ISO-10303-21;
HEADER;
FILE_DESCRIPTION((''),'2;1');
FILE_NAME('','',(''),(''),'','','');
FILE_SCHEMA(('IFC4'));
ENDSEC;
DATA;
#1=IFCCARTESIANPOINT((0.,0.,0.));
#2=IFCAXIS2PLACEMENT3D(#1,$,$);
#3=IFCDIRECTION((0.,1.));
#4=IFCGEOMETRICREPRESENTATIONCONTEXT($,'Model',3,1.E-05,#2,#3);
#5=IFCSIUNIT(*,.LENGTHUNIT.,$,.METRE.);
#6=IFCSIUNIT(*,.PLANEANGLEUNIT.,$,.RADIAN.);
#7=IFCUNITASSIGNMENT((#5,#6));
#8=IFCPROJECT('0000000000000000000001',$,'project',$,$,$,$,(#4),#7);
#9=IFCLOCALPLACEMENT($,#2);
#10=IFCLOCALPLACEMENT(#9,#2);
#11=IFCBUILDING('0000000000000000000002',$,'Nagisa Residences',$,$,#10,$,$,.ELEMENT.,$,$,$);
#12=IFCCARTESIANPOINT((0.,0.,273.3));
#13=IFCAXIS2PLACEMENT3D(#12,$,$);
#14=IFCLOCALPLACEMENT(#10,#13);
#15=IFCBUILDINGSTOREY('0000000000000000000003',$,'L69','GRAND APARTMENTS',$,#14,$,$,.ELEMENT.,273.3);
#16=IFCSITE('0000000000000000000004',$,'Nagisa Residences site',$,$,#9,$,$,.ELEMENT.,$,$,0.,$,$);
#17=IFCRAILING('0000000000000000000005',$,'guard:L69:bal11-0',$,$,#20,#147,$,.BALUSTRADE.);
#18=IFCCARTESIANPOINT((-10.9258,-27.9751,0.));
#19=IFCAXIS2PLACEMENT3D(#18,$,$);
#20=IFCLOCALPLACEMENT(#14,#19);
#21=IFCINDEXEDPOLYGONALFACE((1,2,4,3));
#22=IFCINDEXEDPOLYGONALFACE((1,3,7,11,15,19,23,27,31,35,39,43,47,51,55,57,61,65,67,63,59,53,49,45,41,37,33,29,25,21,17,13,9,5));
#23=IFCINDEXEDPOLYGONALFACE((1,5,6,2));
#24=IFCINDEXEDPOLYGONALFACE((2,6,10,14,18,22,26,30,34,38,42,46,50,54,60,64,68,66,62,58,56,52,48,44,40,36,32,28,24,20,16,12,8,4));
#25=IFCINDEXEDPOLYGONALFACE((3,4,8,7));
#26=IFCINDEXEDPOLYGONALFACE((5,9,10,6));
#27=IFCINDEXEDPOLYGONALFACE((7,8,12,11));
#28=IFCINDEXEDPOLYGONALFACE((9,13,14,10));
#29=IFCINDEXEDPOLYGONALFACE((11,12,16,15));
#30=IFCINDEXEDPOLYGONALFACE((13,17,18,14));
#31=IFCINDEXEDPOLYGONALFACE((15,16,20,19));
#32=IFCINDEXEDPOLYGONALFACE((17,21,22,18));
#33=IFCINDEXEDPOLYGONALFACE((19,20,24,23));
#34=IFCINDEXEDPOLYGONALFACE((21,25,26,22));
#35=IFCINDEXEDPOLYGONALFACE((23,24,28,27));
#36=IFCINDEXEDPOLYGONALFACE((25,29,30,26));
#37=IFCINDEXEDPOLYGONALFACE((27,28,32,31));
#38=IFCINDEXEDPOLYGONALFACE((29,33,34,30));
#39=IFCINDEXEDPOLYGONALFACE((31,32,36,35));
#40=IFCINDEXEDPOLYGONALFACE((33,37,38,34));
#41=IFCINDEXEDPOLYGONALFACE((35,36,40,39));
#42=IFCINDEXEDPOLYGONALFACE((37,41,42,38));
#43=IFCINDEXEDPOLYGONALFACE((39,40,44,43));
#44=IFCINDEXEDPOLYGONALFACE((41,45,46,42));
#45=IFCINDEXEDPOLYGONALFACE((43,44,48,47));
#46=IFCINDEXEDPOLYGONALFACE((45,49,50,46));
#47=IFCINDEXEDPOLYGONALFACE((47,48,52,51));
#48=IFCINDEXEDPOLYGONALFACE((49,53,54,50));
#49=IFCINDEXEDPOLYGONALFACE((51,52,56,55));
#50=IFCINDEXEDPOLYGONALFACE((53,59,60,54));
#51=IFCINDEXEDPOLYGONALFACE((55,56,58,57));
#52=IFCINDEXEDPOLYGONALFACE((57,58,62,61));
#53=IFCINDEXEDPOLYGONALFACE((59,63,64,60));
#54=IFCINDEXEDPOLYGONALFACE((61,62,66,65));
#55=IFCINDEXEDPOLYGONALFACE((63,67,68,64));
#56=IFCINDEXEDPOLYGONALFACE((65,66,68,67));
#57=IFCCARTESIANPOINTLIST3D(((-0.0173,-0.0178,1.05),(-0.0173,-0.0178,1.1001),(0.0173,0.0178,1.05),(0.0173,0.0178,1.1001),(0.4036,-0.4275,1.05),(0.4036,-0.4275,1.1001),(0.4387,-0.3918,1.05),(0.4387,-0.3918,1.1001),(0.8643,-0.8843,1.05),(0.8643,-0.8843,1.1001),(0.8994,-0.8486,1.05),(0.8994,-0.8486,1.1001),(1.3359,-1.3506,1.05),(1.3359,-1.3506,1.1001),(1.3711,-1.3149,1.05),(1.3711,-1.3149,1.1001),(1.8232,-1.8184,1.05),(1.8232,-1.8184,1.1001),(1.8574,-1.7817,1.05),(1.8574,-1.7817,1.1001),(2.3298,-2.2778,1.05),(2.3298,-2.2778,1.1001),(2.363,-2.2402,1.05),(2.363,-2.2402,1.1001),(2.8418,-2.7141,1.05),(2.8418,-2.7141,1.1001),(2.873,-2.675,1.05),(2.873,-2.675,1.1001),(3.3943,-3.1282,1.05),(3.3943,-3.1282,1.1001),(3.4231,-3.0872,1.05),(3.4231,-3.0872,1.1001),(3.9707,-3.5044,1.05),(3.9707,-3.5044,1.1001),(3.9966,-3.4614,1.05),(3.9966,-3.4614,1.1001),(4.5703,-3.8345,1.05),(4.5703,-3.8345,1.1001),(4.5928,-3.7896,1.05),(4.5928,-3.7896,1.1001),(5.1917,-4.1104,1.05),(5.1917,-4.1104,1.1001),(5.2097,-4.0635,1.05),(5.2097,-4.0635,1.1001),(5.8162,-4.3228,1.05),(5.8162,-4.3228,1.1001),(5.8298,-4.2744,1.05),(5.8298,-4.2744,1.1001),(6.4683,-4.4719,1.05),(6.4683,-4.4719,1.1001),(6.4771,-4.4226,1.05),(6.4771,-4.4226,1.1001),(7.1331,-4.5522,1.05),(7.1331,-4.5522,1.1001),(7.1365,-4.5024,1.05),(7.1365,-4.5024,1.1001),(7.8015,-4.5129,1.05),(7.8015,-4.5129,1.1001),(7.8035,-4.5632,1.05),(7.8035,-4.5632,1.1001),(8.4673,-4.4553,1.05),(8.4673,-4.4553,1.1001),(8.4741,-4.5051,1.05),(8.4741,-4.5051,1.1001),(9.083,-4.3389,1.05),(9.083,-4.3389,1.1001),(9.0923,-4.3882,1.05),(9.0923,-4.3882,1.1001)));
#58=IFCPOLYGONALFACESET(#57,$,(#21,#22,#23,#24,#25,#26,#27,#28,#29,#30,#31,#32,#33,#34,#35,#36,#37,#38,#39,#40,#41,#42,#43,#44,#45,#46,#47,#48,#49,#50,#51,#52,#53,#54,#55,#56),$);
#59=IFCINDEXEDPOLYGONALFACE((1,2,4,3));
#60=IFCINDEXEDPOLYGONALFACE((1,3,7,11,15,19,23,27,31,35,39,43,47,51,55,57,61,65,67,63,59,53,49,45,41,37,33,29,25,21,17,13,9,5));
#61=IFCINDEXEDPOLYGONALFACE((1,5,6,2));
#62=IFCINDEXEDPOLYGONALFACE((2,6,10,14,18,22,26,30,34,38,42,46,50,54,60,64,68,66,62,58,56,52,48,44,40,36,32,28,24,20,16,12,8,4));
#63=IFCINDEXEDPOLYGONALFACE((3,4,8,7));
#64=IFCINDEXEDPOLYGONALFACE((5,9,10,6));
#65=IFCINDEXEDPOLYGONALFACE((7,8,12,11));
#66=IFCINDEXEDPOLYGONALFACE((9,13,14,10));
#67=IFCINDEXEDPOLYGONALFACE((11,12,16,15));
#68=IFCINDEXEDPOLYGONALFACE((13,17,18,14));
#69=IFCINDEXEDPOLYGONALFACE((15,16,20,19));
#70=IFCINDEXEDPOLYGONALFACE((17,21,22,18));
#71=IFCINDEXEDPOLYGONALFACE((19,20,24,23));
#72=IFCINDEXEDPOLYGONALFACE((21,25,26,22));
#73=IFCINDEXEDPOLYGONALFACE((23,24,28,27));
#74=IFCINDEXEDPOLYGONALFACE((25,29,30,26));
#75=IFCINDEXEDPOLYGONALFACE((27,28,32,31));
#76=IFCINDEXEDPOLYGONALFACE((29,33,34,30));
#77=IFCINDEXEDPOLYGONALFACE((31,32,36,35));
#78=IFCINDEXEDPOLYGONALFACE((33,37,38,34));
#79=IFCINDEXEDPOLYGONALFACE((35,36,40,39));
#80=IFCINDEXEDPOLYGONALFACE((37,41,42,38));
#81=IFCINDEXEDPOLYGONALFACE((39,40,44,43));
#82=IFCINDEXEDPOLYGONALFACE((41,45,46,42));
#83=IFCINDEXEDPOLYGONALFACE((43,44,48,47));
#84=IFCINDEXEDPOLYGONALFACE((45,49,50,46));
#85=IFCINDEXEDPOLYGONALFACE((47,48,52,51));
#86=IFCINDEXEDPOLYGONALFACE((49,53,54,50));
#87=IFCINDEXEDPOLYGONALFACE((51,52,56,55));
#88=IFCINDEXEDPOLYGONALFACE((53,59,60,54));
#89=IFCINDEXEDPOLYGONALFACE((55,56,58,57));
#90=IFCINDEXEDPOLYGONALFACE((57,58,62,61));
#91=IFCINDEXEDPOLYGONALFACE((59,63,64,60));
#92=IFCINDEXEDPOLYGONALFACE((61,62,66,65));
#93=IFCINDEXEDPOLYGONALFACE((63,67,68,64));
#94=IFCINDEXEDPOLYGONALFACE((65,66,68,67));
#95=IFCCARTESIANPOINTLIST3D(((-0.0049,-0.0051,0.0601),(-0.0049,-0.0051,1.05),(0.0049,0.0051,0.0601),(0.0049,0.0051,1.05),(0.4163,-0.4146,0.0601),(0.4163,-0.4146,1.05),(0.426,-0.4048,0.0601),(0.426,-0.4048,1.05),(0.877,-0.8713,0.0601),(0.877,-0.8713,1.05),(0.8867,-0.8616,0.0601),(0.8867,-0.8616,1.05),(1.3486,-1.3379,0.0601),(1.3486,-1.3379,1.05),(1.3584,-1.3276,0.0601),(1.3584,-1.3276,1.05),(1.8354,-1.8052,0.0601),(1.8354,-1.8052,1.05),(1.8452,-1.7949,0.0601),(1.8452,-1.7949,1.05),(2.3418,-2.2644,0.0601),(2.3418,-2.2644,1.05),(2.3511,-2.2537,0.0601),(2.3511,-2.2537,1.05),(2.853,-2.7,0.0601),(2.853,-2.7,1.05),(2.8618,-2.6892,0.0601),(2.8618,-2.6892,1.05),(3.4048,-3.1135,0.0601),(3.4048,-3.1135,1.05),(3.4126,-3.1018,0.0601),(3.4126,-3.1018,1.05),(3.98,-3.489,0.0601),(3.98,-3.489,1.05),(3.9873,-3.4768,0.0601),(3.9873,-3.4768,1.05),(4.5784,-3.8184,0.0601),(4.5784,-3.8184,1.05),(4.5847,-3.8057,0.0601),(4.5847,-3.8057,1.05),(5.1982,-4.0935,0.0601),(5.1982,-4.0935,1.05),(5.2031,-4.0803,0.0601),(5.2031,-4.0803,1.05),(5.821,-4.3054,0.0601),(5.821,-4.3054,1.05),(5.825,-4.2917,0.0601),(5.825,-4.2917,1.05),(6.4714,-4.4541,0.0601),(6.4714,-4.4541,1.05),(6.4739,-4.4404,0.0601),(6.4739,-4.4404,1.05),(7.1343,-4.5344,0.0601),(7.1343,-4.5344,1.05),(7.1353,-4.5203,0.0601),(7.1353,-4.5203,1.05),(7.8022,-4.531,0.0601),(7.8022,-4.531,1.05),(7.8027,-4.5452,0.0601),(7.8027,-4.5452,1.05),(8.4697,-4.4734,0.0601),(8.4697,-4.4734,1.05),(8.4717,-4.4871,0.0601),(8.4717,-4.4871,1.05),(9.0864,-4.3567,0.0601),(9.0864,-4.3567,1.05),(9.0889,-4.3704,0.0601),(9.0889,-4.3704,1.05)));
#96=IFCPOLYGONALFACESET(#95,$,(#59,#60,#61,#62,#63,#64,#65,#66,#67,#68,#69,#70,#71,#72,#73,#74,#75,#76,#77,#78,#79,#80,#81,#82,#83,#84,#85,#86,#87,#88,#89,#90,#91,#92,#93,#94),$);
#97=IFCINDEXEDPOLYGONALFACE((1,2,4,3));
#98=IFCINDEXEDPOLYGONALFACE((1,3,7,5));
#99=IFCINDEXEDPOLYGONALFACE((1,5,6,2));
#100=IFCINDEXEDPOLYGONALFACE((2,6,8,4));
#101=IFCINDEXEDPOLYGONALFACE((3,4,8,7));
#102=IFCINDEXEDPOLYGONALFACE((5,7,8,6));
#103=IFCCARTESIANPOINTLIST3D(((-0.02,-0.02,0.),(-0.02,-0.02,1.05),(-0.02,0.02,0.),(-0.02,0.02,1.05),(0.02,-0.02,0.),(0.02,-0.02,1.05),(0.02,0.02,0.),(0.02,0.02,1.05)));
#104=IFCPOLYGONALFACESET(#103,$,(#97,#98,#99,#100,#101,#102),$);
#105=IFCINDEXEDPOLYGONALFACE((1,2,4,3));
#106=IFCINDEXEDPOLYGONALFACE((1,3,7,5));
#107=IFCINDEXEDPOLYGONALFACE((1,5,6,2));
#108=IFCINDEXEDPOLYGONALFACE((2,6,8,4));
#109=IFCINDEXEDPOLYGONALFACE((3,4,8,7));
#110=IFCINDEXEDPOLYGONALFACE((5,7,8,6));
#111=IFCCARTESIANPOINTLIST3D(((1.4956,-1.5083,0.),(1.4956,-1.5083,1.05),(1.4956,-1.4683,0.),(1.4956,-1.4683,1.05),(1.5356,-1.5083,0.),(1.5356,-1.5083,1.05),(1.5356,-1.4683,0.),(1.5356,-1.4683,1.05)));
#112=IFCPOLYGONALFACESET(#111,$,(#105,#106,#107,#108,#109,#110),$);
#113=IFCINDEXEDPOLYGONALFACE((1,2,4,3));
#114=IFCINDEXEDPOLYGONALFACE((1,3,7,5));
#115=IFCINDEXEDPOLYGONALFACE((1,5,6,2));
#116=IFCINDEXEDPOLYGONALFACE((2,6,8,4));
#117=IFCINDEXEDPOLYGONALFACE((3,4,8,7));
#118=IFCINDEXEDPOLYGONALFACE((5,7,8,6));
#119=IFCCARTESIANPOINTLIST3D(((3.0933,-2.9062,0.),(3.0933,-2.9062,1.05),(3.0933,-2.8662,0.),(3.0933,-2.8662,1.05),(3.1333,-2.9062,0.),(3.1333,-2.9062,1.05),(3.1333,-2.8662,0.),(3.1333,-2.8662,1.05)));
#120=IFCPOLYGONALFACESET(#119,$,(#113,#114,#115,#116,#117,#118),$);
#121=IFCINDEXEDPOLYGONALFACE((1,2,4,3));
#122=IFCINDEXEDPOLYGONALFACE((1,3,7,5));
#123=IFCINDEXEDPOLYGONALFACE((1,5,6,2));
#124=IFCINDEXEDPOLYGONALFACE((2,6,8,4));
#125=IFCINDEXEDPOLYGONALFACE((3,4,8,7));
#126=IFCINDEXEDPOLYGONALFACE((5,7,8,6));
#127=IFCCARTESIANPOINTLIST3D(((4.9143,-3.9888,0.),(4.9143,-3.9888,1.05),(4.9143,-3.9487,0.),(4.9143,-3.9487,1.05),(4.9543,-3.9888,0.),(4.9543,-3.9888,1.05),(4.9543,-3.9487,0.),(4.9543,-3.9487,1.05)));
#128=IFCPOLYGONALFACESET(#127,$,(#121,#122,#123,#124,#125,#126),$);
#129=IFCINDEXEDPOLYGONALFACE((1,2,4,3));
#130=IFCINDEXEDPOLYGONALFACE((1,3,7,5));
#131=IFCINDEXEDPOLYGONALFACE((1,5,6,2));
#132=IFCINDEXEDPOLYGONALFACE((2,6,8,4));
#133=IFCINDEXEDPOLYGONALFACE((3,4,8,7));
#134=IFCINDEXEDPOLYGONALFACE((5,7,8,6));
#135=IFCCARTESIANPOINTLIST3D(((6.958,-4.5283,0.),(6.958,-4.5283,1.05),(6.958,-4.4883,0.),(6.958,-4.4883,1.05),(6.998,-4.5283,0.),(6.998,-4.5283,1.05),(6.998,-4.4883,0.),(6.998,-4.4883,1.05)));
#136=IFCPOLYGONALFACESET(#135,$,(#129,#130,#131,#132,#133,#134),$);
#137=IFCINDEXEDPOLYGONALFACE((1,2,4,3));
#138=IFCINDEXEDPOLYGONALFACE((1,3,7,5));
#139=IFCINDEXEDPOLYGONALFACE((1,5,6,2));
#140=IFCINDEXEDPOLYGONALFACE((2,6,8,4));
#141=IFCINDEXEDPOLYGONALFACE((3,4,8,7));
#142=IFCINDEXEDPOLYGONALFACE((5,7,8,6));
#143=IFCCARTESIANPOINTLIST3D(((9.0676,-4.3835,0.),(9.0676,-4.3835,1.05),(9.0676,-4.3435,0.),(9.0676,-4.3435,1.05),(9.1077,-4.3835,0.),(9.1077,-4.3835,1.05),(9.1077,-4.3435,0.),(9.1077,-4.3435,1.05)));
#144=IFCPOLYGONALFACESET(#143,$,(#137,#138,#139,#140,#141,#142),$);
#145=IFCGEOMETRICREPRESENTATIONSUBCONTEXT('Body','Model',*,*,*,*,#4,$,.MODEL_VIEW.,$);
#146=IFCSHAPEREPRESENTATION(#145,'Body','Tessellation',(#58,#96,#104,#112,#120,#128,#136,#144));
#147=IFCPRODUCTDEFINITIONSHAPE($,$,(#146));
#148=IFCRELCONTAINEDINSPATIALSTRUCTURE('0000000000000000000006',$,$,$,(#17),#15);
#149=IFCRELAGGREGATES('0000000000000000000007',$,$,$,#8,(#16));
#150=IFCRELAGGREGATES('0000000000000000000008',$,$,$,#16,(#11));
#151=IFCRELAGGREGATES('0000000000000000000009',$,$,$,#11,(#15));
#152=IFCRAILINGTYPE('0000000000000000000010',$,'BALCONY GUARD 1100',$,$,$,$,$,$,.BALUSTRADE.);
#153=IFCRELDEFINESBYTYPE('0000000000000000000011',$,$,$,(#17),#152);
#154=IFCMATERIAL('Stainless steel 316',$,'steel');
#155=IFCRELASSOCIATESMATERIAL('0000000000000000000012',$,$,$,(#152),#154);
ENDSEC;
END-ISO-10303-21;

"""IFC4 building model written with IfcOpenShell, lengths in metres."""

from ifc_helpers import new_model, si_unit, direction, frame, origin, origin_2d, place, context, subcontext, project, spatial, polyline, rectangle, outline, extrude, material, type_object, element, save


model = new_model("IFC4")

# Units and contexts
model_context = context("Model", 3, precision=1e-05, world=origin(), true_north=direction((0.0, 1.0)))
body_context = subcontext(model_context, "Body", "Model", "MODEL_VIEW")
ifc_project = project(units=[si_unit("LENGTHUNIT", "METRE"), si_unit("PLANEANGLEUNIT", "RADIAN")], contexts=[model_context])

# Site, building, storey
site_placement = place(None, origin())
site = spatial("IfcSite", under=ifc_project, at=site_placement, Name="Nagisa Residences site", CompositionType="ELEMENT", RefElevation=0.0)
building_placement = place(site_placement, origin())
building = spatial("IfcBuilding", under=site, at=building_placement, Name="Nagisa Residences", CompositionType="ELEMENT")
storey_placement = place(building_placement, frame((0.0, 0.0, 273.3)))
storey = spatial("IfcBuildingStorey", under=building, at=storey_placement, Name="L69", Description="GRAND APARTMENTS", CompositionType="ELEMENT", Elevation=273.3)

# Railing
ifc_material_1 = material(Name="Stainless steel 316", Category="steel")
railing_type = type_object("IfcRailingType", Name="BALCONY GUARD 1100", PredefinedType="BALUSTRADE", material=ifc_material_1)
railing_1_placement = place(storey_placement, frame((-10.9258, -27.9751, 0.0)))
element("IfcRailing", 1, at=railing_1_placement, inside=storey, type_object=railing_type, Name="guard:L69:bal11-0", PredefinedType="BALUSTRADE", context=body_context, shape_type="SweptSolid", body=[
    extrude(outline(polyline([(0.4387, -0.3918), (0.0173, 0.0178), (-0.0173, -0.0178), (0.4036, -0.4275), (0.8643, -0.8843), (1.3359, -1.3506), (1.8232, -1.8184), (2.3298, -2.2778), (2.8418, -2.7141), (3.3943, -3.1282), (3.9707, -3.5044), (4.5703, -3.8345), (5.1917, -4.1104), (5.8162, -4.3228), (6.4683, -4.4719), (7.1331, -4.5522), (7.8035, -4.5632), (8.4741, -4.5051), (9.0923, -4.3882), (9.083, -4.3389), (8.4673, -4.4553), (7.8015, -4.5129), (7.1365, -4.5024), (6.4771, -4.4226), (5.8298, -4.2744), (5.2097, -4.0635), (4.5928, -3.7896), (3.9966, -3.4614), (3.4231, -3.0872), (2.873, -2.675), (2.363, -2.2402), (1.8574, -1.7817), (1.3711, -1.3149), (0.8994, -0.8486), (0.4387, -0.3918)])), frame((0.0, 0.0, 1.05)), (0.0, 0.0, 1.0), 0.05),
    extrude(outline(polyline([(0.426, -0.4048), (0.0049, 0.0051), (-0.0049, -0.0051), (0.4163, -0.4146), (0.877, -0.8713), (1.3486, -1.3379), (1.8354, -1.8052), (2.3418, -2.2644), (2.853, -2.7), (3.4048, -3.1135), (3.98, -3.489), (4.5784, -3.8184), (5.1982, -4.0935), (5.821, -4.3054), (6.4714, -4.4541), (7.1343, -4.5344), (7.8027, -4.5452), (8.4717, -4.4871), (9.0889, -4.3704), (9.0864, -4.3567), (8.4697, -4.4734), (7.8022, -4.531), (7.1353, -4.5203), (6.4739, -4.4404), (5.825, -4.2917), (5.2031, -4.0803), (4.5847, -3.8057), (3.9873, -3.4768), (3.4126, -3.1018), (2.8618, -2.6892), (2.3511, -2.2537), (1.8452, -1.7949), (1.3584, -1.3276), (0.8867, -0.8616), (0.426, -0.4048)])), frame((0.0, 0.0, 0.0601)), (0.0, 0.0, 1.0), 0.99),
    extrude(rectangle(XDim=0.04, YDim=0.04, at=origin_2d()), origin(), (0.0, 0.0, 1.0), 1.05),
    extrude(rectangle(XDim=0.04, YDim=0.04, at=origin_2d()), frame((1.5156, -1.4883, 0.0)), (0.0, 0.0, 1.0), 1.05),
    extrude(rectangle(XDim=0.04, YDim=0.04, at=origin_2d()), frame((3.1133, -2.8862, 0.0)), (0.0, 0.0, 1.0), 1.05),
    extrude(rectangle(XDim=0.04, YDim=0.04, at=origin_2d()), frame((4.9343, -3.9688, 0.0)), (0.0, 0.0, 1.0), 1.05),
    extrude(rectangle(XDim=0.04, YDim=0.04, at=origin_2d()), frame((6.978, -4.5083, 0.0)), (0.0, 0.0, 1.0), 1.05),
    extrude(rectangle(XDim=0.04, YDim=0.04, at=origin_2d()), frame((9.0876, -4.3635, 0.0)), (0.0, 0.0, 1.0), 1.05),
])

save(model, "model.ifc")
